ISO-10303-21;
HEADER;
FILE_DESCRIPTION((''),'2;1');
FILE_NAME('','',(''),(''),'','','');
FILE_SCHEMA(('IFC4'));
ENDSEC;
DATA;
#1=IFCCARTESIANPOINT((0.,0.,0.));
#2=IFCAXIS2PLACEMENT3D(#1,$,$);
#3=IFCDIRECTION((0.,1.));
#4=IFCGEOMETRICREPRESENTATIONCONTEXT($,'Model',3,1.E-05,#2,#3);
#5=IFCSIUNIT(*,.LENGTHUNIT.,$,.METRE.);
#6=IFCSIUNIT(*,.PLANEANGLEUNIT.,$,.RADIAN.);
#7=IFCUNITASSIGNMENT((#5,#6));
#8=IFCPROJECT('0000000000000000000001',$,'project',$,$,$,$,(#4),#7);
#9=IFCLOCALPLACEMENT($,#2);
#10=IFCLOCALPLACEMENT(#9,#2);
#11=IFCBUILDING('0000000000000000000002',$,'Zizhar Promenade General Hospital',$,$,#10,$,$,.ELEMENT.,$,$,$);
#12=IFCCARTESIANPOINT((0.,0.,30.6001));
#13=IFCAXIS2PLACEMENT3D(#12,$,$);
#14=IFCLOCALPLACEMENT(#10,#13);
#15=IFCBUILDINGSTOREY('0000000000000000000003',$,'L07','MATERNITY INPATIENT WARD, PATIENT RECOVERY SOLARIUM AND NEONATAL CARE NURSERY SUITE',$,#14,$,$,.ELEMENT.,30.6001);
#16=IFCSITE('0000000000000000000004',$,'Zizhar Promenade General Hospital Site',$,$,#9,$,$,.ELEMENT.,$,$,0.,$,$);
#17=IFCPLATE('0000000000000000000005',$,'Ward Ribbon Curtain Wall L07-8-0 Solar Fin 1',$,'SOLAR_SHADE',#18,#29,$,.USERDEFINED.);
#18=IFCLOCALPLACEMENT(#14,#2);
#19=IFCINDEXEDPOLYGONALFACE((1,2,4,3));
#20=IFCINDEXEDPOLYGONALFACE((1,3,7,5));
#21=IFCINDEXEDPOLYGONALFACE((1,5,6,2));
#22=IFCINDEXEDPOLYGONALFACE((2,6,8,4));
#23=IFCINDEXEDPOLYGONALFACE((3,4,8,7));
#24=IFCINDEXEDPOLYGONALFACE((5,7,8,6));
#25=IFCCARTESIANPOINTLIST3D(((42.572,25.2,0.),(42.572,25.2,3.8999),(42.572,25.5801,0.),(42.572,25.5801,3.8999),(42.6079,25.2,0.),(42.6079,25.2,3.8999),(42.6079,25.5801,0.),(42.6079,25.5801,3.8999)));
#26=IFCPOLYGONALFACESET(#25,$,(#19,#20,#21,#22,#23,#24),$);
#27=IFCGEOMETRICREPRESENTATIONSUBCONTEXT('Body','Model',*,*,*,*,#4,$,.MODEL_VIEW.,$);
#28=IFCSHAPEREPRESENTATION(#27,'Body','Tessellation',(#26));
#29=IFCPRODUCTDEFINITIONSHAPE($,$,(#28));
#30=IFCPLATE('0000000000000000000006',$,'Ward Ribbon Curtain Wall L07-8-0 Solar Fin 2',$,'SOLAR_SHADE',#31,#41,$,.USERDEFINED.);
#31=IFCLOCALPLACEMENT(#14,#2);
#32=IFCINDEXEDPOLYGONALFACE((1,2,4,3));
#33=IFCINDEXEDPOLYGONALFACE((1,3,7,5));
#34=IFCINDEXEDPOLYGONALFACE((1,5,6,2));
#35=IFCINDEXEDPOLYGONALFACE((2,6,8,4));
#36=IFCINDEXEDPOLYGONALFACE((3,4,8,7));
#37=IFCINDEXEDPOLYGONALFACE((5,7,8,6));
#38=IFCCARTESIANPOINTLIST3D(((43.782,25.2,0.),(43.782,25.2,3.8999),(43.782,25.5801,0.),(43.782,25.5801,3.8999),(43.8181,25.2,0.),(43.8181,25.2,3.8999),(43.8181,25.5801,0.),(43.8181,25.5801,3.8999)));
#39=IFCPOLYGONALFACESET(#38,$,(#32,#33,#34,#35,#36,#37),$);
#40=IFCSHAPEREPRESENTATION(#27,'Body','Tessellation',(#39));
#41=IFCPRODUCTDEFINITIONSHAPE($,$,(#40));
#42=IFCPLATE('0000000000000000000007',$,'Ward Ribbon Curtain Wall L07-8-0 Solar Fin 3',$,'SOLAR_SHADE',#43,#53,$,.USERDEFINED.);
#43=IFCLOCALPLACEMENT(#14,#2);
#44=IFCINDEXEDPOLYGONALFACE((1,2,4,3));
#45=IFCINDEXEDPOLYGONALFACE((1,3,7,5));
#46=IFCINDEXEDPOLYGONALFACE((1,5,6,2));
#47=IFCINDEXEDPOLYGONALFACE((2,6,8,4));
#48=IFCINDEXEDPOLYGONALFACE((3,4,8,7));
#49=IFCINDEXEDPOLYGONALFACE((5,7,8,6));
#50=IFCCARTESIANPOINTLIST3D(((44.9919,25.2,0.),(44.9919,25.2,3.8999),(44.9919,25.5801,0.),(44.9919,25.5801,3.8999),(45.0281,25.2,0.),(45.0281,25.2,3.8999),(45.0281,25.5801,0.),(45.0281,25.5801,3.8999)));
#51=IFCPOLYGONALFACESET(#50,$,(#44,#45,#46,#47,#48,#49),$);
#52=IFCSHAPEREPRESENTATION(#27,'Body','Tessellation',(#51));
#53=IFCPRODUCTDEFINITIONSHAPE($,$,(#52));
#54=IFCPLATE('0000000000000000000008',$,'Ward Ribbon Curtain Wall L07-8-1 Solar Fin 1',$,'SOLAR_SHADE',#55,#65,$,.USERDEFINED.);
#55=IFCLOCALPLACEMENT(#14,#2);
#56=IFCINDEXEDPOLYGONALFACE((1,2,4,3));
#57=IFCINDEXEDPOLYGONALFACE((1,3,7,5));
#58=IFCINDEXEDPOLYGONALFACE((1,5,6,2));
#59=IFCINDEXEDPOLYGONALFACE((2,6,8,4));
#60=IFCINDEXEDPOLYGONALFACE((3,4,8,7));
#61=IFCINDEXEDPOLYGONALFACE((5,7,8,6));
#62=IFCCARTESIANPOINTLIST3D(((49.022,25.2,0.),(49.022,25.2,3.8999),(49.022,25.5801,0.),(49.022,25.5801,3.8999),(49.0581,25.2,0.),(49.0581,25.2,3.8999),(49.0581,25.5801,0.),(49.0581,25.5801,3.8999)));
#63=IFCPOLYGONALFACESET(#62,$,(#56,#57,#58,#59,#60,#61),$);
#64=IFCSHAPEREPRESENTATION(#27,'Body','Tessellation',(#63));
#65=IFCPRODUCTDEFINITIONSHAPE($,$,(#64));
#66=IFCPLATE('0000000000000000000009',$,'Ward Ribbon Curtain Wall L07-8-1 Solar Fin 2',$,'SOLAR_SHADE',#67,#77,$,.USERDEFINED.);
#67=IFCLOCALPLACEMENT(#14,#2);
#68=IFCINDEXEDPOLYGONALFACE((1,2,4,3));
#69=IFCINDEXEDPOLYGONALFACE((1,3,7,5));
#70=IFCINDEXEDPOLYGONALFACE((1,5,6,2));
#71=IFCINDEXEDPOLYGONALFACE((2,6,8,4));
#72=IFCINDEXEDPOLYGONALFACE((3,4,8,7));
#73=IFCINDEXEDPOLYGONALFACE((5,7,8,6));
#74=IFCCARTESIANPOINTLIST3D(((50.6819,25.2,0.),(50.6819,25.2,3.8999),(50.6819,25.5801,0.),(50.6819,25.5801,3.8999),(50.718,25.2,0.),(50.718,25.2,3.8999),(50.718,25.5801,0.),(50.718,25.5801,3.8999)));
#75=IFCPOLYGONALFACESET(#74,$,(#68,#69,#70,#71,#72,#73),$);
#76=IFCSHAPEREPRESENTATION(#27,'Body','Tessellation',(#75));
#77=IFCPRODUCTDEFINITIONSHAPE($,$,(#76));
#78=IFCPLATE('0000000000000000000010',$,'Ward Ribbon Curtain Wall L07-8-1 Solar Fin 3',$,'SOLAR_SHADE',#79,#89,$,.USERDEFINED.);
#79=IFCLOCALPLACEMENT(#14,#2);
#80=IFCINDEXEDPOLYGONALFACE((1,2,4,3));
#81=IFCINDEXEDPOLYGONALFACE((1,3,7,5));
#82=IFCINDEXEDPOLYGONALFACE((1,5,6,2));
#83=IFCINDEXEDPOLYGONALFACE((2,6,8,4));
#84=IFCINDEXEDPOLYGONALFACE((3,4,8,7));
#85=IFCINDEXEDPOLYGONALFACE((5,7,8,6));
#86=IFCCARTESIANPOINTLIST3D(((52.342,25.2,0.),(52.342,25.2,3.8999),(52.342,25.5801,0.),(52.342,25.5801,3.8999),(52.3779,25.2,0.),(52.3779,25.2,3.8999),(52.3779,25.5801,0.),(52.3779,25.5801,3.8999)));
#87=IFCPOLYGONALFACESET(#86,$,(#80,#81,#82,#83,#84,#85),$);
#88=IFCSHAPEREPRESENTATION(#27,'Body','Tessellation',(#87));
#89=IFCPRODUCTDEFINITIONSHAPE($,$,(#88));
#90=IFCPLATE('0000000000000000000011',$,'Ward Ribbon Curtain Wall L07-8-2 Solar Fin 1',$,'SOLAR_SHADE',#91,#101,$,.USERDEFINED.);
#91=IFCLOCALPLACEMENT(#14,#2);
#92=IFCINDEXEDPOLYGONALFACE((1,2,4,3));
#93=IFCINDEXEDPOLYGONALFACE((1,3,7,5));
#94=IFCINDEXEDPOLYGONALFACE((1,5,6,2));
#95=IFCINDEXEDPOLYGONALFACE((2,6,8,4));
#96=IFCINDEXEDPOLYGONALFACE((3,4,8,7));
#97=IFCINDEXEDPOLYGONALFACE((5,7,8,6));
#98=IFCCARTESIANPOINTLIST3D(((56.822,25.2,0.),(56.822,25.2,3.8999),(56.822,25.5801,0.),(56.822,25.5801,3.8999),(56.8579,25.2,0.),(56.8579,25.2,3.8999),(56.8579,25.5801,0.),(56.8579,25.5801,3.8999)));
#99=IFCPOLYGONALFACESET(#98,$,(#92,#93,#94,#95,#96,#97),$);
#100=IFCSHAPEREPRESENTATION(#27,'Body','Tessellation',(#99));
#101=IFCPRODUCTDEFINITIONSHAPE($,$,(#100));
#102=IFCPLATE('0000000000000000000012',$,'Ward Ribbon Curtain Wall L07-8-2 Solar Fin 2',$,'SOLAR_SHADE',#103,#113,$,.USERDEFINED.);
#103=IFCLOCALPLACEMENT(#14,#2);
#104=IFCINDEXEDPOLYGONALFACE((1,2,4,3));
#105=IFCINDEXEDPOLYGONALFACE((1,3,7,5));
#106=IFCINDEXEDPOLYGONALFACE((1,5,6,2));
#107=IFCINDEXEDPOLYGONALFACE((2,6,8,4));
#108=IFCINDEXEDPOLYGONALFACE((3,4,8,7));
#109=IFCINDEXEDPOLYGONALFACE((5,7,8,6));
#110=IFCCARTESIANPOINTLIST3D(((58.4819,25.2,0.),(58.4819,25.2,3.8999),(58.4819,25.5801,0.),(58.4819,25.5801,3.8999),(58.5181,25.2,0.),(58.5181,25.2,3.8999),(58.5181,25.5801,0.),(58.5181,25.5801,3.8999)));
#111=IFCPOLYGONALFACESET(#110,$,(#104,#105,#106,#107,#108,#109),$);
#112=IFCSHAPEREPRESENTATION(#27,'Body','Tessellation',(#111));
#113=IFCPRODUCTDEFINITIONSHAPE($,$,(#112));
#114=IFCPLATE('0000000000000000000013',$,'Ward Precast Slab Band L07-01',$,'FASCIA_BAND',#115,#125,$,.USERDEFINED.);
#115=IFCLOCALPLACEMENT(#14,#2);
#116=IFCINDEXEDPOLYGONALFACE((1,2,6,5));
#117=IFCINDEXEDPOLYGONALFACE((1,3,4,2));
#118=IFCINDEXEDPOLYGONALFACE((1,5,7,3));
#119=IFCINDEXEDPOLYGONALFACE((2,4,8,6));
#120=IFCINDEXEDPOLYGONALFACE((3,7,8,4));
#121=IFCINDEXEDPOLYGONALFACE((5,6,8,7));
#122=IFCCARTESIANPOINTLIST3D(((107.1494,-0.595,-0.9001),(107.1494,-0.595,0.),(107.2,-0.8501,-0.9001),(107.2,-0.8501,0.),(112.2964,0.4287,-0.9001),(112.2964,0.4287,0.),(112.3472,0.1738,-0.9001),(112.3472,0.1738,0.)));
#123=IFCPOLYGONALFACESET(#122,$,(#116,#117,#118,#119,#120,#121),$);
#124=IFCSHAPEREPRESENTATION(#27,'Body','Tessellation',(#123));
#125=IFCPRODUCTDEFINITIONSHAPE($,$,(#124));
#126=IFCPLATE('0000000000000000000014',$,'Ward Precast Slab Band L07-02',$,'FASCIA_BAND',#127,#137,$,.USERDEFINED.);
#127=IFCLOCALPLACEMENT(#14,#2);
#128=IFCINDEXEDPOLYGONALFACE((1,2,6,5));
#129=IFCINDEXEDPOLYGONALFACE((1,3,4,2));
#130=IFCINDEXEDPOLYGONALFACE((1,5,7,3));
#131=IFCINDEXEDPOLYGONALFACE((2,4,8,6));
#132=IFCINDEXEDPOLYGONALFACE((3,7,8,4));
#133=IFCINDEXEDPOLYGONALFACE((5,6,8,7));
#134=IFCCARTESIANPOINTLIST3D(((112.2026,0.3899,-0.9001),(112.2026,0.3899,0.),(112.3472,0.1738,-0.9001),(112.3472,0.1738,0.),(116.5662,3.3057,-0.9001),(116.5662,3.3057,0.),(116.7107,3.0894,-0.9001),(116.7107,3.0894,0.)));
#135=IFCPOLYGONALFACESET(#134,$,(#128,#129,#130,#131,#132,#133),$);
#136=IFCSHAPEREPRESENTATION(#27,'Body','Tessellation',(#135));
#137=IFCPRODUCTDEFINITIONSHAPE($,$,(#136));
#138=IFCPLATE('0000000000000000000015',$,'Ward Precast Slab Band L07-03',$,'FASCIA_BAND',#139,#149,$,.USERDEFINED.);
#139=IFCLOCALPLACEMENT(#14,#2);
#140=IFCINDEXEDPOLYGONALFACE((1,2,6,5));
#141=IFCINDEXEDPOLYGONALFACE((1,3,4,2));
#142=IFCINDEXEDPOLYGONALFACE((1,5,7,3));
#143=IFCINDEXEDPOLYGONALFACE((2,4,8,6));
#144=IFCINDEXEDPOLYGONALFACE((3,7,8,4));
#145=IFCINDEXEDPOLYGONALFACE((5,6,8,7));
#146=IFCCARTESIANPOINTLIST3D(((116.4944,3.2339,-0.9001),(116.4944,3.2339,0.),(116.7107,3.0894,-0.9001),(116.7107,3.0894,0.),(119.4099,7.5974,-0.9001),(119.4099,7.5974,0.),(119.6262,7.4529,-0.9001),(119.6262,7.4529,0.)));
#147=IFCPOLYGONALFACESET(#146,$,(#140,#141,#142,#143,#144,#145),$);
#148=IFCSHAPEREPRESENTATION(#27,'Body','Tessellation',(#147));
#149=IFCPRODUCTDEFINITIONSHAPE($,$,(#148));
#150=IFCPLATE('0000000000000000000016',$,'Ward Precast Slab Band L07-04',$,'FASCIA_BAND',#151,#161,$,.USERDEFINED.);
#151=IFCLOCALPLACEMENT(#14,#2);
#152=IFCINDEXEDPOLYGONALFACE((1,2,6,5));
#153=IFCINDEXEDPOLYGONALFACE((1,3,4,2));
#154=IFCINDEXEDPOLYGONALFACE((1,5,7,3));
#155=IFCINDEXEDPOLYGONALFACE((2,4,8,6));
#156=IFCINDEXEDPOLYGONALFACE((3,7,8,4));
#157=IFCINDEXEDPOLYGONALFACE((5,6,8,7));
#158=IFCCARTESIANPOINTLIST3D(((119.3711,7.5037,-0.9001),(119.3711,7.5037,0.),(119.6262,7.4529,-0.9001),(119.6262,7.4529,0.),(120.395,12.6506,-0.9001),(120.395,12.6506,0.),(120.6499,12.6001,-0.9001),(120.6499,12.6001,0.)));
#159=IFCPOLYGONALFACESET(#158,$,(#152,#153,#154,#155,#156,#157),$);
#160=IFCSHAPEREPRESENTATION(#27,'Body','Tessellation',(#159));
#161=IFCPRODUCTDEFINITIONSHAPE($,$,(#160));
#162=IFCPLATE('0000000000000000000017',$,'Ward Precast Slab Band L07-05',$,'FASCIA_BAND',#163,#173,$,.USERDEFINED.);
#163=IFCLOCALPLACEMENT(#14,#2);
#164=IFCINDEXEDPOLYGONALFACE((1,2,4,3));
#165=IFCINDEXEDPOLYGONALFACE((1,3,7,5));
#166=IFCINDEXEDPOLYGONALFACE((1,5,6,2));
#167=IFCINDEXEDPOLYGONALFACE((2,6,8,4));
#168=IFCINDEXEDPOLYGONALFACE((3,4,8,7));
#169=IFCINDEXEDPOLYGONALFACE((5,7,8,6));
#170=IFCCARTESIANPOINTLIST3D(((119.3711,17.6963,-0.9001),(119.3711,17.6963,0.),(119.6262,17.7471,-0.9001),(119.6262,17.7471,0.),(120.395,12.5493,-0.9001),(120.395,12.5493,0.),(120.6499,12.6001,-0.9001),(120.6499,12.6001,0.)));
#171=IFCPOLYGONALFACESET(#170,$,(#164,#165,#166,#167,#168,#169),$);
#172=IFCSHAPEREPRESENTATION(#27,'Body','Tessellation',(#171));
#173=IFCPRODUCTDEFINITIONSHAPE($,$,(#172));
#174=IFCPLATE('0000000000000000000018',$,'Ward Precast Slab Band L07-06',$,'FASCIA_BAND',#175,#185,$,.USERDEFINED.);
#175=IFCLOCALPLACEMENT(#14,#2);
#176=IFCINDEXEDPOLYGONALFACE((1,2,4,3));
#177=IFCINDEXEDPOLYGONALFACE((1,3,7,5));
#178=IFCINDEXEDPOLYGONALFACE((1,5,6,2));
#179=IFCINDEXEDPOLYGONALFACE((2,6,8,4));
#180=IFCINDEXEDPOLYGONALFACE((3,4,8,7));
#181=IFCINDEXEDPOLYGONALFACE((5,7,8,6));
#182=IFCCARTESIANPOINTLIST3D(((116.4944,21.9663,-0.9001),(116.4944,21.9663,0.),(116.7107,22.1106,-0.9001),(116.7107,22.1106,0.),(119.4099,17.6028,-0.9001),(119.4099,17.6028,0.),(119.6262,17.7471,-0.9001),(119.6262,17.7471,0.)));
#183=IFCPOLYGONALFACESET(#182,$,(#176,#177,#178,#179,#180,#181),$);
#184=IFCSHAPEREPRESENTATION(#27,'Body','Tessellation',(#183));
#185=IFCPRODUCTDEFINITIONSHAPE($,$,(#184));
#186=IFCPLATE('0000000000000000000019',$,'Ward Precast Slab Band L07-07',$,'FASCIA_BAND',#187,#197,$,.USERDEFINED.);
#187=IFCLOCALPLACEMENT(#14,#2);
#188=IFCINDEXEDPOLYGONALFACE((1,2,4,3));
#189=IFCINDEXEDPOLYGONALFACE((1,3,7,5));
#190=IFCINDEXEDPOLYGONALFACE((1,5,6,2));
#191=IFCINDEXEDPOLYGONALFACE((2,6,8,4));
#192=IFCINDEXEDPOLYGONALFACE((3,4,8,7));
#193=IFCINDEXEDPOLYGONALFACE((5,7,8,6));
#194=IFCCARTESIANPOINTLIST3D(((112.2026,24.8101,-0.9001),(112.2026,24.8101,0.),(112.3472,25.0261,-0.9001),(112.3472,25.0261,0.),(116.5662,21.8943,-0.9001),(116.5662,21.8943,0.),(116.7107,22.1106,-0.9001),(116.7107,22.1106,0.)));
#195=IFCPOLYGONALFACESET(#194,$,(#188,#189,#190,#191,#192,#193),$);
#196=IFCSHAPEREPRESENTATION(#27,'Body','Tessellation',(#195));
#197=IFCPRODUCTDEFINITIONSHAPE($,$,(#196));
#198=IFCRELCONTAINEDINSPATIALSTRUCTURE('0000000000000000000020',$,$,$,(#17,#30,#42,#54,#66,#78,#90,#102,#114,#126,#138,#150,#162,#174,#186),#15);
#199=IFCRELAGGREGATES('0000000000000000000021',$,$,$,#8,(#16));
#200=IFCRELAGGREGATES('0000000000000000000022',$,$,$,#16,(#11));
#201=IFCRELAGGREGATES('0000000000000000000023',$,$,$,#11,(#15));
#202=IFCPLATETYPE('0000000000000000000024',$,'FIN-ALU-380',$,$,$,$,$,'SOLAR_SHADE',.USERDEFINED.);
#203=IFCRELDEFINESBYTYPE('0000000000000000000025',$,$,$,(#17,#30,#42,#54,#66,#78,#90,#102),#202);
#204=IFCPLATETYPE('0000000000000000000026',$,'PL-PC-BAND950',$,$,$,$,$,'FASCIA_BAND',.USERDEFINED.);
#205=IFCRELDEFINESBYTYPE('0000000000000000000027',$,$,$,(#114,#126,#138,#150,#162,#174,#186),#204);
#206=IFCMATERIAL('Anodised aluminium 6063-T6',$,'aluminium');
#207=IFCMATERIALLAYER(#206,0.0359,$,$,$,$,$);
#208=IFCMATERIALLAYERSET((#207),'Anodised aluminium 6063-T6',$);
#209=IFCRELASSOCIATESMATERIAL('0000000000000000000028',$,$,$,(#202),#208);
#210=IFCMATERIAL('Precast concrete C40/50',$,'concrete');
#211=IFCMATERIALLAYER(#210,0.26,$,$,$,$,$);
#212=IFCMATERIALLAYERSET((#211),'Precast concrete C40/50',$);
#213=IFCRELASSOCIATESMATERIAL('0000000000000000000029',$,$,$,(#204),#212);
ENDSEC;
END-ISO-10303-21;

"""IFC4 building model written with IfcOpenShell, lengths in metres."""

from ifc_helpers import new_model, si_unit, direction, frame, origin, place, context, subcontext, project, spatial, polyline, outline, extrude, material, layer, layer_set, type_object, element, save


model = new_model("IFC4")

# Units and contexts
model_context = context("Model", 3, precision=1e-05, world=origin(), true_north=direction((0.0, 1.0)))
body_context = subcontext(model_context, "Body", "Model", "MODEL_VIEW")
ifc_project = project(units=[si_unit("LENGTHUNIT", "METRE"), si_unit("PLANEANGLEUNIT", "RADIAN")], contexts=[model_context])

# Site, building, storey
site_placement = place(None, origin())
site = spatial("IfcSite", under=ifc_project, at=site_placement, Name="Zizhar Promenade General Hospital Site", CompositionType="ELEMENT", RefElevation=0.0)
building_placement = place(site_placement, origin())
building = spatial("IfcBuilding", under=site, at=building_placement, Name="Zizhar Promenade General Hospital", CompositionType="ELEMENT")
storey_placement = place(building_placement, frame((0.0, 0.0, 30.6001)))
storey = spatial("IfcBuildingStorey", under=building, at=storey_placement, Name="L07", Description="MATERNITY INPATIENT WARD, PATIENT RECOVERY SOLARIUM AND NEONATAL CARE NURSERY SUITE", CompositionType="ELEMENT", Elevation=30.6001)

# Plates
ifc_material_1 = material(Name="Anodised aluminium 6063-T6", Category="aluminium")
ifc_layer_1 = layer(ifc_material_1, 0.0359)
ifc_layer_set_1 = layer_set([ifc_layer_1], Name="Anodised aluminium 6063-T6")
plate_type_1 = type_object("IfcPlateType", Name="FIN-ALU-380", ElementType="SOLAR_SHADE", PredefinedType="USERDEFINED", material=ifc_layer_set_1)
plate_1_placement = place(storey_placement, origin())
element("IfcPlate", 1, at=plate_1_placement, inside=storey, type_object=plate_type_1, Name="Ward Ribbon Curtain Wall L07-8-0 Solar Fin 1", ObjectType="SOLAR_SHADE", PredefinedType="USERDEFINED", context=body_context, shape_type="SweptSolid", body=[
    extrude(outline(polyline([(42.572, 25.2), (42.6079, 25.2), (42.6079, 25.5801), (42.572, 25.5801), (42.572, 25.2)])), origin(), (0.0, 0.0, 1.0), 3.8999),
])
plate_2_placement = place(storey_placement, origin())
element("IfcPlate", 2, at=plate_2_placement, inside=storey, type_object=plate_type_1, Name="Ward Ribbon Curtain Wall L07-8-0 Solar Fin 2", ObjectType="SOLAR_SHADE", PredefinedType="USERDEFINED", context=body_context, shape_type="SweptSolid", body=[
    extrude(outline(polyline([(43.782, 25.2), (43.8181, 25.2), (43.8181, 25.5801), (43.782, 25.5801), (43.782, 25.2)])), origin(), (0.0, 0.0, 1.0), 3.8999),
])
plate_3_placement = place(storey_placement, origin())
element("IfcPlate", 3, at=plate_3_placement, inside=storey, type_object=plate_type_1, Name="Ward Ribbon Curtain Wall L07-8-0 Solar Fin 3", ObjectType="SOLAR_SHADE", PredefinedType="USERDEFINED", context=body_context, shape_type="SweptSolid", body=[
    extrude(outline(polyline([(44.9919, 25.2), (45.0281, 25.2), (45.0281, 25.5801), (44.9919, 25.5801), (44.9919, 25.2)])), origin(), (0.0, 0.0, 1.0), 3.8999),
])
plate_4_placement = place(storey_placement, origin())
element("IfcPlate", 4, at=plate_4_placement, inside=storey, type_object=plate_type_1, Name="Ward Ribbon Curtain Wall L07-8-1 Solar Fin 1", ObjectType="SOLAR_SHADE", PredefinedType="USERDEFINED", context=body_context, shape_type="SweptSolid", body=[
    extrude(outline(polyline([(49.022, 25.2), (49.0581, 25.2), (49.0581, 25.5801), (49.022, 25.5801), (49.022, 25.2)])), origin(), (0.0, 0.0, 1.0), 3.8999),
])
plate_5_placement = place(storey_placement, origin())
element("IfcPlate", 5, at=plate_5_placement, inside=storey, type_object=plate_type_1, Name="Ward Ribbon Curtain Wall L07-8-1 Solar Fin 2", ObjectType="SOLAR_SHADE", PredefinedType="USERDEFINED", context=body_context, shape_type="SweptSolid", body=[
    extrude(outline(polyline([(50.6819, 25.2), (50.718, 25.2), (50.718, 25.5801), (50.6819, 25.5801), (50.6819, 25.2)])), origin(), (0.0, 0.0, 1.0), 3.8999),
])
plate_6_placement = place(storey_placement, origin())
element("IfcPlate", 6, at=plate_6_placement, inside=storey, type_object=plate_type_1, Name="Ward Ribbon Curtain Wall L07-8-1 Solar Fin 3", ObjectType="SOLAR_SHADE", PredefinedType="USERDEFINED", context=body_context, shape_type="SweptSolid", body=[
    extrude(outline(polyline([(52.342, 25.2), (52.3779, 25.2), (52.3779, 25.5801), (52.342, 25.5801), (52.342, 25.2)])), origin(), (0.0, 0.0, 1.0), 3.8999),
])
plate_7_placement = place(storey_placement, origin())
element("IfcPlate", 7, at=plate_7_placement, inside=storey, type_object=plate_type_1, Name="Ward Ribbon Curtain Wall L07-8-2 Solar Fin 1", ObjectType="SOLAR_SHADE", PredefinedType="USERDEFINED", context=body_context, shape_type="SweptSolid", body=[
    extrude(outline(polyline([(56.822, 25.2), (56.8579, 25.2), (56.8579, 25.5801), (56.822, 25.5801), (56.822, 25.2)])), origin(), (0.0, 0.0, 1.0), 3.8999),
])
plate_8_placement = place(storey_placement, origin())
element("IfcPlate", 8, at=plate_8_placement, inside=storey, type_object=plate_type_1, Name="Ward Ribbon Curtain Wall L07-8-2 Solar Fin 2", ObjectType="SOLAR_SHADE", PredefinedType="USERDEFINED", context=body_context, shape_type="SweptSolid", body=[
    extrude(outline(polyline([(58.4819, 25.2), (58.5181, 25.2), (58.5181, 25.5801), (58.4819, 25.5801), (58.4819, 25.2)])), origin(), (0.0, 0.0, 1.0), 3.8999),
])
ifc_material_2 = material(Name="Precast concrete C40/50", Category="concrete")
ifc_layer_2 = layer(ifc_material_2, 0.26)
ifc_layer_set_2 = layer_set([ifc_layer_2], Name="Precast concrete C40/50")
plate_type_2 = type_object("IfcPlateType", Name="PL-PC-BAND950", ElementType="FASCIA_BAND", PredefinedType="USERDEFINED", material=ifc_layer_set_2)
plate_9_placement = place(storey_placement, frame((0.0, 0.0, -0.9001)))
element("IfcPlate", 9, at=plate_9_placement, inside=storey, type_object=plate_type_2, Name="Ward Precast Slab Band L07-01", ObjectType="FASCIA_BAND", PredefinedType="USERDEFINED", context=body_context, shape_type="SweptSolid", body=[
    extrude(outline(polyline([(107.2, -0.8501), (112.3472, 0.1738), (112.2964, 0.4287), (107.1494, -0.595), (107.2, -0.8501)])), origin(), (0.0, 0.0, 1.0), 0.9001),
])
plate_10_placement = place(storey_placement, frame((0.0, 0.0, -0.9001)))
element("IfcPlate", 10, at=plate_10_placement, inside=storey, type_object=plate_type_2, Name="Ward Precast Slab Band L07-02", ObjectType="FASCIA_BAND", PredefinedType="USERDEFINED", context=body_context, shape_type="SweptSolid", body=[
    extrude(outline(polyline([(112.3472, 0.1738), (116.7107, 3.0894), (116.5662, 3.3057), (112.2026, 0.3899), (112.3472, 0.1738)])), origin(), (0.0, 0.0, 1.0), 0.9001),
])
plate_11_placement = place(storey_placement, frame((0.0, 0.0, -0.9001)))
element("IfcPlate", 11, at=plate_11_placement, inside=storey, type_object=plate_type_2, Name="Ward Precast Slab Band L07-03", ObjectType="FASCIA_BAND", PredefinedType="USERDEFINED", context=body_context, shape_type="SweptSolid", body=[
    extrude(outline(polyline([(116.7107, 3.0894), (119.6262, 7.4529), (119.4099, 7.5974), (116.4944, 3.2339), (116.7107, 3.0894)])), origin(), (0.0, 0.0, 1.0), 0.9001),
])
plate_12_placement = place(storey_placement, frame((0.0, 0.0, -0.9001)))
element("IfcPlate", 12, at=plate_12_placement, inside=storey, type_object=plate_type_2, Name="Ward Precast Slab Band L07-04", ObjectType="FASCIA_BAND", PredefinedType="USERDEFINED", context=body_context, shape_type="SweptSolid", body=[
    extrude(outline(polyline([(119.6262, 7.4529), (120.6499, 12.6001), (120.395, 12.6506), (119.3711, 7.5037), (119.6262, 7.4529)])), origin(), (0.0, 0.0, 1.0), 0.9001),
])
plate_13_placement = place(storey_placement, frame((0.0, 0.0, -0.9001)))
element("IfcPlate", 13, at=plate_13_placement, inside=storey, type_object=plate_type_2, Name="Ward Precast Slab Band L07-05", ObjectType="FASCIA_BAND", PredefinedType="USERDEFINED", context=body_context, shape_type="SweptSolid", body=[
    extrude(outline(polyline([(120.6499, 12.6001), (119.6262, 17.7471), (119.3711, 17.6963), (120.395, 12.5493), (120.6499, 12.6001)])), origin(), (0.0, 0.0, 1.0), 0.9001),
])
plate_14_placement = place(storey_placement, frame((0.0, 0.0, -0.9001)))
element("IfcPlate", 14, at=plate_14_placement, inside=storey, type_object=plate_type_2, Name="Ward Precast Slab Band L07-06", ObjectType="FASCIA_BAND", PredefinedType="USERDEFINED", context=body_context, shape_type="SweptSolid", body=[
    extrude(outline(polyline([(119.6262, 17.7471), (116.7107, 22.1106), (116.4944, 21.9663), (119.4099, 17.6028), (119.6262, 17.7471)])), origin(), (0.0, 0.0, 1.0), 0.9001),
])
plate_15_placement = place(storey_placement, frame((0.0, 0.0, -0.9001)))
element("IfcPlate", 15, at=plate_15_placement, inside=storey, type_object=plate_type_2, Name="Ward Precast Slab Band L07-07", ObjectType="FASCIA_BAND", PredefinedType="USERDEFINED", context=body_context, shape_type="SweptSolid", body=[
    extrude(outline(polyline([(116.7107, 22.1106), (112.3472, 25.0261), (112.2026, 24.8101), (116.5662, 21.8943), (116.7107, 22.1106)])), origin(), (0.0, 0.0, 1.0), 0.9001),
])

save(model, "model.ifc")
